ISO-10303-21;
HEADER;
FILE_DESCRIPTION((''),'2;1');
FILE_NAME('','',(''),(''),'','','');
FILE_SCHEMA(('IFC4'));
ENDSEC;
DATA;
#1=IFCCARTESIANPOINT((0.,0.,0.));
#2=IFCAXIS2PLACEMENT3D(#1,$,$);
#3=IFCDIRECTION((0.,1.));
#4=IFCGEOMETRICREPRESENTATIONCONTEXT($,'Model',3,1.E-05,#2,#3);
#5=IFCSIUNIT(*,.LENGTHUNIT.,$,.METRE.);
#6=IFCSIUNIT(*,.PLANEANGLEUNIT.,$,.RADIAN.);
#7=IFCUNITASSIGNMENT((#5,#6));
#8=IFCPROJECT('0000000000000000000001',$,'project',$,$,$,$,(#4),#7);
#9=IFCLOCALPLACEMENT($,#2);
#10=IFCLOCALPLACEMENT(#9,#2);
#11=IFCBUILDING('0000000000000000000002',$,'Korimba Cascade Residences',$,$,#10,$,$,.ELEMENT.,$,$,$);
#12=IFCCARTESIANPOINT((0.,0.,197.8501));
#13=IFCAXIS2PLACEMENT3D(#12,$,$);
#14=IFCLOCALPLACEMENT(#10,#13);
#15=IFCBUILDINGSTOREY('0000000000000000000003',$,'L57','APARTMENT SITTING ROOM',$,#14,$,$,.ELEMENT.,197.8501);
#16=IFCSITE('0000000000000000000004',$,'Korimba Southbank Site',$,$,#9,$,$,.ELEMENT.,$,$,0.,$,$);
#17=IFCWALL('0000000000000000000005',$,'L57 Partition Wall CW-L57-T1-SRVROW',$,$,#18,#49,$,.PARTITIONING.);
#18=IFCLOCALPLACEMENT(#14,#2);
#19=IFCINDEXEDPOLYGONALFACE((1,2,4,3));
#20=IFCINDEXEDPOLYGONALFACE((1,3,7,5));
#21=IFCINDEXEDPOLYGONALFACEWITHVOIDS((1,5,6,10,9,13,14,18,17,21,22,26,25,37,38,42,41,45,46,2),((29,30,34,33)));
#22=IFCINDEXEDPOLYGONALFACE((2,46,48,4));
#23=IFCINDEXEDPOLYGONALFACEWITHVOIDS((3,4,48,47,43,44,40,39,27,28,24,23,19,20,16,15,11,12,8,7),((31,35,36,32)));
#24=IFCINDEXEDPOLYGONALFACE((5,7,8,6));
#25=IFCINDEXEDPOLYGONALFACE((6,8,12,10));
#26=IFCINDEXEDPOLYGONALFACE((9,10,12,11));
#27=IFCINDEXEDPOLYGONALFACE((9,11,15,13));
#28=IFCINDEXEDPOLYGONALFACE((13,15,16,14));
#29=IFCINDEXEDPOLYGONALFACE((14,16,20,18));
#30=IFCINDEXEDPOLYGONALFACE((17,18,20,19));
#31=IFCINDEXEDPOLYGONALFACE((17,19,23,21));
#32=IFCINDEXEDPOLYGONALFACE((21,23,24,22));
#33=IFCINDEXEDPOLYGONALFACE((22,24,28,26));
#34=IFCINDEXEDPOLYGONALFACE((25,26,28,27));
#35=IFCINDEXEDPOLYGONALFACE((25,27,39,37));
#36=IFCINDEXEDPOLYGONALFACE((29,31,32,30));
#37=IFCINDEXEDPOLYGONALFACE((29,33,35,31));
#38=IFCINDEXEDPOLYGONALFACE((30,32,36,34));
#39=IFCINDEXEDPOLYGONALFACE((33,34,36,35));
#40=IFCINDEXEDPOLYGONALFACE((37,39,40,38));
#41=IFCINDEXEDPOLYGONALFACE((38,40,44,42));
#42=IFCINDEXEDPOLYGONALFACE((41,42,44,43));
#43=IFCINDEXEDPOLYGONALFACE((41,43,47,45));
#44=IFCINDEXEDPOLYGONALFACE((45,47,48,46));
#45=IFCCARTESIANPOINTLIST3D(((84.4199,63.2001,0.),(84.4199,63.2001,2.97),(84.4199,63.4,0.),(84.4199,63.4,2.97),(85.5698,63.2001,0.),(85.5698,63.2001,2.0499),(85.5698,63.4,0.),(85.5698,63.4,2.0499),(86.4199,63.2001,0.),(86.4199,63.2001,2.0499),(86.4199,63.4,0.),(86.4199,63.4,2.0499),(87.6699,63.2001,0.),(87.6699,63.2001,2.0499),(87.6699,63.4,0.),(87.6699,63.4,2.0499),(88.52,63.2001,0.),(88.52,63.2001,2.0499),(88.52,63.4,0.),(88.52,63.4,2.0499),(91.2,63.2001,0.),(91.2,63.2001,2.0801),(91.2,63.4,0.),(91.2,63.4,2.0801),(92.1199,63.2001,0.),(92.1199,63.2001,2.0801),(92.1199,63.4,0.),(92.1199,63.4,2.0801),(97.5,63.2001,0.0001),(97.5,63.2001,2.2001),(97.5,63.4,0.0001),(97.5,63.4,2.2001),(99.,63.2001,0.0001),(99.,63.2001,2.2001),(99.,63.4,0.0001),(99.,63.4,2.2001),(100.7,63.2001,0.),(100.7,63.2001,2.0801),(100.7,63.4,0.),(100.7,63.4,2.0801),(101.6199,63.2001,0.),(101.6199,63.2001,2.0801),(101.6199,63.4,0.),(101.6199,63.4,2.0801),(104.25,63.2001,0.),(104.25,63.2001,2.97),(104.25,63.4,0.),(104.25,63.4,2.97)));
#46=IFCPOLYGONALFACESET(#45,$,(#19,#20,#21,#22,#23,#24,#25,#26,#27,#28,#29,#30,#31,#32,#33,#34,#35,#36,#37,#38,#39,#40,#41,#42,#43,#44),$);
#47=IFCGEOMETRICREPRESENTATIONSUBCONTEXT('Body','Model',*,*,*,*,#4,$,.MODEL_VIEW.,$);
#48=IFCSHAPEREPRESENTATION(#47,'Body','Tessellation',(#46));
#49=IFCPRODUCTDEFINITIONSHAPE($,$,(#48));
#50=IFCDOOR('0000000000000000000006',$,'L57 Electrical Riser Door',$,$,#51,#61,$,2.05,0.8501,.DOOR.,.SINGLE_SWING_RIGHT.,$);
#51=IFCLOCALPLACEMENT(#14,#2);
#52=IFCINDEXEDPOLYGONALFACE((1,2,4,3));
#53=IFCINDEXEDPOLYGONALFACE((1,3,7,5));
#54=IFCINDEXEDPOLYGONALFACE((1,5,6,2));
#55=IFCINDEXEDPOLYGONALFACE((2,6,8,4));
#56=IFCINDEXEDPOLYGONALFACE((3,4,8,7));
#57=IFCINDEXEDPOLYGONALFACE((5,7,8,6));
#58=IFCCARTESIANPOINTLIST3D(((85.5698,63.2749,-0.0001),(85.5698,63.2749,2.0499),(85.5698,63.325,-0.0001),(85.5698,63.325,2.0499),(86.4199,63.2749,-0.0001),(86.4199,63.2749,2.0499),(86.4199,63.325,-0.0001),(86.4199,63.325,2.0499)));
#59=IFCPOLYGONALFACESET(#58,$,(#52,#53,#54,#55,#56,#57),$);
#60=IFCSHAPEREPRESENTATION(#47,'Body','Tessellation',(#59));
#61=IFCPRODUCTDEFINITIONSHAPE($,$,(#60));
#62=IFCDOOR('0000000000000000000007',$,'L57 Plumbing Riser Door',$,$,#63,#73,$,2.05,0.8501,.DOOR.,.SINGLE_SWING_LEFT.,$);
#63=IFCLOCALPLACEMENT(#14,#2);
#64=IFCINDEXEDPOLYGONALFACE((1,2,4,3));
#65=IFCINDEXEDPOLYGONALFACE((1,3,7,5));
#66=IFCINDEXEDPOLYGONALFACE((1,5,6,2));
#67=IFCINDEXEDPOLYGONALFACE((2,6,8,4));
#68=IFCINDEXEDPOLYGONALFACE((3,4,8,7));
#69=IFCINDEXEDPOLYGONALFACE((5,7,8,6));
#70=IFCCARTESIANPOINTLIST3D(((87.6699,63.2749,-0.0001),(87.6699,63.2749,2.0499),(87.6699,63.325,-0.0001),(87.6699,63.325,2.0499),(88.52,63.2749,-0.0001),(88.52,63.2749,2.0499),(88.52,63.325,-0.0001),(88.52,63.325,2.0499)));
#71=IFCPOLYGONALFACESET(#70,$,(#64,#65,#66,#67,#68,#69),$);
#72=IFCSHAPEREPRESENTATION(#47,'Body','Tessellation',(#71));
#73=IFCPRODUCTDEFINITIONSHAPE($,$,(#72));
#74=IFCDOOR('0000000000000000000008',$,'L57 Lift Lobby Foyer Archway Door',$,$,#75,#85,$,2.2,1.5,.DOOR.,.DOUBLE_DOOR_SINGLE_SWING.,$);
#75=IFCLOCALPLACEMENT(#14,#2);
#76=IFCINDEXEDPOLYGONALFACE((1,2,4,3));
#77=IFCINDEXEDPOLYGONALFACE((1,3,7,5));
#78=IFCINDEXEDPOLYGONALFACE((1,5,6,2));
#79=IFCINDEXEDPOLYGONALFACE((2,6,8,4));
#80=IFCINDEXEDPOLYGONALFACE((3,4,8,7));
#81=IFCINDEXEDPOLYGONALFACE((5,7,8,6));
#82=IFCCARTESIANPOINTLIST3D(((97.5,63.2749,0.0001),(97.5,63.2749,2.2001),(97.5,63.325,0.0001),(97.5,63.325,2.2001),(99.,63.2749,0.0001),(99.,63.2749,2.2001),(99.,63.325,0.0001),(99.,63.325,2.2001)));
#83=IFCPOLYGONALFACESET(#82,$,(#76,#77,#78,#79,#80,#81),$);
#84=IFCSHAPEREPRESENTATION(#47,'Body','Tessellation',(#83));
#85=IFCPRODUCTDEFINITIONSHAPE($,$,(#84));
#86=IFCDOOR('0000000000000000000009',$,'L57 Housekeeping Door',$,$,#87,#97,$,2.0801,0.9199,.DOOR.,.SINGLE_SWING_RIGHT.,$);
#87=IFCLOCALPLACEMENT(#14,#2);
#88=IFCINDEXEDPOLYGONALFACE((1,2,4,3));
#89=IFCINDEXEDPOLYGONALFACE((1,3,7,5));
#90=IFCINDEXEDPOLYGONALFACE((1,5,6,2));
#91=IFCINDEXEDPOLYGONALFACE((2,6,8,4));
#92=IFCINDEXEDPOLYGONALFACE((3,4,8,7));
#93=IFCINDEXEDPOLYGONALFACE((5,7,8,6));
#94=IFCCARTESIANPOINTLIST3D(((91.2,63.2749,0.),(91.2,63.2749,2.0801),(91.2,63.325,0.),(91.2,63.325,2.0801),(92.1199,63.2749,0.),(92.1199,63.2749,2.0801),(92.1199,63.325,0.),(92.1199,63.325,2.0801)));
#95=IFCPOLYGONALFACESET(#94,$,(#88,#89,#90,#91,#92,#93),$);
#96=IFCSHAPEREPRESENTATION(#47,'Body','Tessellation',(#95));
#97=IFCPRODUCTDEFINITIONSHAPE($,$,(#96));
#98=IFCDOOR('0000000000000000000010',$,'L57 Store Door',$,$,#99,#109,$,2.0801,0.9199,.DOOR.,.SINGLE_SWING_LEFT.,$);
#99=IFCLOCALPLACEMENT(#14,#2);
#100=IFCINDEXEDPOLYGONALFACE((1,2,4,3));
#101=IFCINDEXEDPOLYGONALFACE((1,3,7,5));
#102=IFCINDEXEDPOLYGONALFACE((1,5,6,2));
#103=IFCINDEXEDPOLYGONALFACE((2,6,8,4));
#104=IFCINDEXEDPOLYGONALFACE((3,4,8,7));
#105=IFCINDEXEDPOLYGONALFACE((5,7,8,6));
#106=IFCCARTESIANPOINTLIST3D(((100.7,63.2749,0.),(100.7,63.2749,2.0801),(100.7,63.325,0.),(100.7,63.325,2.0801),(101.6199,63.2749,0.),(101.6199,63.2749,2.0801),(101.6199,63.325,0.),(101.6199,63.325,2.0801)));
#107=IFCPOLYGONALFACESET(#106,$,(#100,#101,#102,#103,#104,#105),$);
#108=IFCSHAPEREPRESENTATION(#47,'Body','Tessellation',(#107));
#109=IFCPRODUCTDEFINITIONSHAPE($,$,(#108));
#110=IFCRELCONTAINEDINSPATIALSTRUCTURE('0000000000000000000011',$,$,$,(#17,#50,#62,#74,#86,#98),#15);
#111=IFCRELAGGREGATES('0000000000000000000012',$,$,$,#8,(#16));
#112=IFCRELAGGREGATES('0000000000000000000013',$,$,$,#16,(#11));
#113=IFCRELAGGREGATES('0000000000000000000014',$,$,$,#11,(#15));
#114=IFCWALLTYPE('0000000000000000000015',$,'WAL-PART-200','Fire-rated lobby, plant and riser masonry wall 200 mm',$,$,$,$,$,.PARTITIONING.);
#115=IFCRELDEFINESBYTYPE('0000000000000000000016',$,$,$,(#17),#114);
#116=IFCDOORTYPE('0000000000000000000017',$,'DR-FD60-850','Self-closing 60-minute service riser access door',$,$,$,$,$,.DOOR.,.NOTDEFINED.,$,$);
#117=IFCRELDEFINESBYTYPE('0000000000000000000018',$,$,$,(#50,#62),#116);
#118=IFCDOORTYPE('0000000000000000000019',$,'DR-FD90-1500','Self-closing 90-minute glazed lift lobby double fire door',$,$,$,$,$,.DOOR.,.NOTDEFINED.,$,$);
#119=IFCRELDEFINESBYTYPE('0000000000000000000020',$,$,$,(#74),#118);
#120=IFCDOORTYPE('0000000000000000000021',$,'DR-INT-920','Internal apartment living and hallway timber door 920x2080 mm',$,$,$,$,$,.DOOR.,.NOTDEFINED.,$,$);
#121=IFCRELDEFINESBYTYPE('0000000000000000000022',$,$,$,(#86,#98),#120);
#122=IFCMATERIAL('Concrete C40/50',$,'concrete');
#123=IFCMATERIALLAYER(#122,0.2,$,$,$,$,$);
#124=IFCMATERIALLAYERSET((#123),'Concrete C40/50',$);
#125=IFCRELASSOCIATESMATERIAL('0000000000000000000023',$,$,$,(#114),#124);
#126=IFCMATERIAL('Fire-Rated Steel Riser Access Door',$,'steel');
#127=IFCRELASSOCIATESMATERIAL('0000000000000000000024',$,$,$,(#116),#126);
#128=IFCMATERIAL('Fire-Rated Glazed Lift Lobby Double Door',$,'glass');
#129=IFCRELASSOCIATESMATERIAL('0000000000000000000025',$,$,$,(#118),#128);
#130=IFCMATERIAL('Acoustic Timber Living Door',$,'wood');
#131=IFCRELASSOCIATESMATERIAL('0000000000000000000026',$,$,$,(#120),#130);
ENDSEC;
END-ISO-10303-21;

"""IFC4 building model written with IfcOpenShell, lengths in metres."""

from ifc_helpers import new_model, si_unit, direction, frame, frame_2d, origin, place, context, subcontext, project, spatial, rectangle, extrude, material, layer, layer_set, type_object, element, fill, save


model = new_model("IFC4")

# Units and contexts
model_context = context("Model", 3, precision=1e-05, world=origin(), true_north=direction((0.0, 1.0)))
body_context = subcontext(model_context, "Body", "Model", "MODEL_VIEW")
ifc_project = project(units=[si_unit("LENGTHUNIT", "METRE"), si_unit("PLANEANGLEUNIT", "RADIAN")], contexts=[model_context])

# Site, building, storey
site_placement = place(None, origin())
site = spatial("IfcSite", under=ifc_project, at=site_placement, Name="Korimba Southbank Site", CompositionType="ELEMENT", RefElevation=0.0)
building_placement = place(site_placement, origin())
building = spatial("IfcBuilding", under=site, at=building_placement, Name="Korimba Cascade Residences", CompositionType="ELEMENT")
storey_placement = place(building_placement, frame((0.0, 0.0, 197.8501)))
storey = spatial("IfcBuildingStorey", under=building, at=storey_placement, Name="L57", Description="APARTMENT SITTING ROOM", CompositionType="ELEMENT", Elevation=197.8501)

# Shared definitions
ifc_material_1 = material(Name="Concrete C40/50", Category="concrete")
ifc_layer_1 = layer(ifc_material_1, 0.2)
ifc_layer_set_1 = layer_set([ifc_layer_1], Name="Concrete C40/50")
wall_type_1 = type_object("IfcWallType", Name="WAL-PART-200", Description="Fire-rated lobby, plant and riser masonry wall 200 mm", PredefinedType="PARTITIONING", material=ifc_layer_set_1)

# Wall, openings, doors
wall_1_placement = place(storey_placement, frame((84.4199, 63.3, 0.0), z_axis=(0.0, 0.0, 1.0), x_axis=(1.0, 0.0, 0.0)))
wall_1 = element("IfcWall", 1, at=wall_1_placement, inside=storey, type_object=wall_type_1, Name="L57 Partition Wall CW-L57-T1-SRVROW", PredefinedType="PARTITIONING", context=body_context, shape_type="SweptSolid", body=[
    extrude(rectangle(XDim=19.8301, YDim=0.2, at=frame_2d((9.915, 0.0))), origin(), (0.0, 0.0, 1.0), 2.97),
])
opening_1_placement = place(wall_1_placement, frame((1.1499, 0.0, 0.0)))
opening_1 = element("IfcOpeningElement", 2, at=opening_1_placement, cuts=wall_1, PredefinedType="OPENING", context=body_context, shape_type="SweptSolid", body=[
    extrude(rectangle(XDim=0.8501, YDim=2.05, at=frame_2d((0.425, 1.0249))), frame((0.0, 0.1099, 0.0), z_axis=(0.0, -1.0, 0.0), x_axis=(1.0, 0.0, 0.0)), (0.0, 0.0, 1.0), 0.22),
])
opening_2_placement = place(wall_1_placement, frame((3.25, 0.0, 0.0)))
opening_2 = element("IfcOpeningElement", 3, at=opening_2_placement, cuts=wall_1, PredefinedType="OPENING", context=body_context, shape_type="SweptSolid", body=[
    extrude(rectangle(XDim=0.8501, YDim=2.05, at=frame_2d((0.425, 1.0249))), frame((0.0, 0.1099, 0.0), z_axis=(0.0, -1.0, 0.0), x_axis=(1.0, 0.0, 0.0)), (0.0, 0.0, 1.0), 0.22),
])
opening_3_placement = place(wall_1_placement, frame((13.0801, 0.0, 0.0)))
opening_3 = element("IfcOpeningElement", 4, at=opening_3_placement, cuts=wall_1, PredefinedType="OPENING", context=body_context, shape_type="SweptSolid", body=[
    extrude(rectangle(XDim=1.5, YDim=2.2, at=frame_2d((0.75, 1.1001))), frame((0.0, 0.1099, 0.0), z_axis=(0.0, -1.0, 0.0), x_axis=(1.0, 0.0, 0.0)), (0.0, 0.0, 1.0), 0.22),
])
opening_4_placement = place(wall_1_placement, frame((6.78, 0.0, 0.0)))
opening_4 = element("IfcOpeningElement", 5, at=opening_4_placement, cuts=wall_1, PredefinedType="OPENING", context=body_context, shape_type="SweptSolid", body=[
    extrude(rectangle(XDim=0.9199, YDim=2.0801, at=frame_2d((0.46, 1.04))), frame((0.0, 0.1099, 0.0), z_axis=(0.0, -1.0, 0.0), x_axis=(1.0, 0.0, 0.0)), (0.0, 0.0, 1.0), 0.22),
])
opening_5_placement = place(wall_1_placement, frame((16.28, 0.0, 0.0)))
opening_5 = element("IfcOpeningElement", 6, at=opening_5_placement, cuts=wall_1, PredefinedType="OPENING", context=body_context, shape_type="SweptSolid", body=[
    extrude(rectangle(XDim=0.9199, YDim=2.0801, at=frame_2d((0.46, 1.04))), frame((0.0, 0.1099, 0.0), z_axis=(0.0, -1.0, 0.0), x_axis=(1.0, 0.0, 0.0)), (0.0, 0.0, 1.0), 0.22),
])
ifc_material_2 = material(Name="Fire-Rated Steel Riser Access Door", Category="steel")
door_type_1 = type_object("IfcDoorType", Name="DR-FD60-850", Description="Self-closing 60-minute service riser access door", OperationType="NOTDEFINED", PredefinedType="DOOR", material=ifc_material_2)
door_1_placement = place(opening_1_placement, origin())
door_1 = element("IfcDoor", 7, at=door_1_placement, inside=storey, type_object=door_type_1, Name="L57 Electrical Riser Door", OperationType="SINGLE_SWING_RIGHT", OverallHeight=2.05, OverallWidth=0.8501, PredefinedType="DOOR", context=body_context, shape_type="SweptSolid", body=[
    extrude(rectangle(XDim=0.8501, YDim=2.05, at=frame_2d((0.425, 1.0249))), frame((0.0, 0.0249, 0.0), z_axis=(0.0, -1.0, 0.0), x_axis=(1.0, 0.0, 0.0)), (0.0, 0.0, 1.0), 0.05),
])
fill(opening_1, door_1)
door_2_placement = place(opening_2_placement, origin())
door_2 = element("IfcDoor", 8, at=door_2_placement, inside=storey, type_object=door_type_1, Name="L57 Plumbing Riser Door", OperationType="SINGLE_SWING_LEFT", OverallHeight=2.05, OverallWidth=0.8501, PredefinedType="DOOR", context=body_context, shape_type="SweptSolid", body=[
    extrude(rectangle(XDim=0.8501, YDim=2.05, at=frame_2d((0.425, 1.0249))), frame((0.0, 0.0249, 0.0), z_axis=(0.0, -1.0, 0.0), x_axis=(1.0, 0.0, 0.0)), (0.0, 0.0, 1.0), 0.05),
])
fill(opening_2, door_2)
ifc_material_3 = material(Name="Fire-Rated Glazed Lift Lobby Double Door", Category="glass")
door_type_2 = type_object("IfcDoorType", Name="DR-FD90-1500", Description="Self-closing 90-minute glazed lift lobby double fire door", OperationType="NOTDEFINED", PredefinedType="DOOR", material=ifc_material_3)
door_3_placement = place(opening_3_placement, origin())
door_3 = element("IfcDoor", 9, at=door_3_placement, inside=storey, type_object=door_type_2, Name="L57 Lift Lobby Foyer Archway Door", OperationType="DOUBLE_DOOR_SINGLE_SWING", OverallHeight=2.2, OverallWidth=1.5, PredefinedType="DOOR", context=body_context, shape_type="SweptSolid", body=[
    extrude(rectangle(XDim=1.5, YDim=2.2, at=frame_2d((0.75, 1.1001))), frame((0.0, 0.0249, 0.0), z_axis=(0.0, -1.0, 0.0), x_axis=(1.0, 0.0, 0.0)), (0.0, 0.0, 1.0), 0.05),
])
fill(opening_3, door_3)
ifc_material_4 = material(Name="Acoustic Timber Living Door", Category="wood")
door_type_3 = type_object("IfcDoorType", Name="DR-INT-920", Description="Internal apartment living and hallway timber door 920x2080 mm", OperationType="NOTDEFINED", PredefinedType="DOOR", material=ifc_material_4)
door_4_placement = place(opening_4_placement, origin())
door_4 = element("IfcDoor", 10, at=door_4_placement, inside=storey, type_object=door_type_3, Name="L57 Housekeeping Door", OperationType="SINGLE_SWING_RIGHT", OverallHeight=2.0801, OverallWidth=0.9199, PredefinedType="DOOR", context=body_context, shape_type="SweptSolid", body=[
    extrude(rectangle(XDim=0.9199, YDim=2.0801, at=frame_2d((0.46, 1.04))), frame((0.0, 0.0249, 0.0), z_axis=(0.0, -1.0, 0.0), x_axis=(1.0, 0.0, 0.0)), (0.0, 0.0, 1.0), 0.05),
])
fill(opening_4, door_4)
door_5_placement = place(opening_5_placement, origin())
door_5 = element("IfcDoor", 11, at=door_5_placement, inside=storey, type_object=door_type_3, Name="L57 Store Door", OperationType="SINGLE_SWING_LEFT", OverallHeight=2.0801, OverallWidth=0.9199, PredefinedType="DOOR", context=body_context, shape_type="SweptSolid", body=[
    extrude(rectangle(XDim=0.9199, YDim=2.0801, at=frame_2d((0.46, 1.04))), frame((0.0, 0.0249, 0.0), z_axis=(0.0, -1.0, 0.0), x_axis=(1.0, 0.0, 0.0)), (0.0, 0.0, 1.0), 0.05),
])
fill(opening_5, door_5)

save(model, "model.ifc")
